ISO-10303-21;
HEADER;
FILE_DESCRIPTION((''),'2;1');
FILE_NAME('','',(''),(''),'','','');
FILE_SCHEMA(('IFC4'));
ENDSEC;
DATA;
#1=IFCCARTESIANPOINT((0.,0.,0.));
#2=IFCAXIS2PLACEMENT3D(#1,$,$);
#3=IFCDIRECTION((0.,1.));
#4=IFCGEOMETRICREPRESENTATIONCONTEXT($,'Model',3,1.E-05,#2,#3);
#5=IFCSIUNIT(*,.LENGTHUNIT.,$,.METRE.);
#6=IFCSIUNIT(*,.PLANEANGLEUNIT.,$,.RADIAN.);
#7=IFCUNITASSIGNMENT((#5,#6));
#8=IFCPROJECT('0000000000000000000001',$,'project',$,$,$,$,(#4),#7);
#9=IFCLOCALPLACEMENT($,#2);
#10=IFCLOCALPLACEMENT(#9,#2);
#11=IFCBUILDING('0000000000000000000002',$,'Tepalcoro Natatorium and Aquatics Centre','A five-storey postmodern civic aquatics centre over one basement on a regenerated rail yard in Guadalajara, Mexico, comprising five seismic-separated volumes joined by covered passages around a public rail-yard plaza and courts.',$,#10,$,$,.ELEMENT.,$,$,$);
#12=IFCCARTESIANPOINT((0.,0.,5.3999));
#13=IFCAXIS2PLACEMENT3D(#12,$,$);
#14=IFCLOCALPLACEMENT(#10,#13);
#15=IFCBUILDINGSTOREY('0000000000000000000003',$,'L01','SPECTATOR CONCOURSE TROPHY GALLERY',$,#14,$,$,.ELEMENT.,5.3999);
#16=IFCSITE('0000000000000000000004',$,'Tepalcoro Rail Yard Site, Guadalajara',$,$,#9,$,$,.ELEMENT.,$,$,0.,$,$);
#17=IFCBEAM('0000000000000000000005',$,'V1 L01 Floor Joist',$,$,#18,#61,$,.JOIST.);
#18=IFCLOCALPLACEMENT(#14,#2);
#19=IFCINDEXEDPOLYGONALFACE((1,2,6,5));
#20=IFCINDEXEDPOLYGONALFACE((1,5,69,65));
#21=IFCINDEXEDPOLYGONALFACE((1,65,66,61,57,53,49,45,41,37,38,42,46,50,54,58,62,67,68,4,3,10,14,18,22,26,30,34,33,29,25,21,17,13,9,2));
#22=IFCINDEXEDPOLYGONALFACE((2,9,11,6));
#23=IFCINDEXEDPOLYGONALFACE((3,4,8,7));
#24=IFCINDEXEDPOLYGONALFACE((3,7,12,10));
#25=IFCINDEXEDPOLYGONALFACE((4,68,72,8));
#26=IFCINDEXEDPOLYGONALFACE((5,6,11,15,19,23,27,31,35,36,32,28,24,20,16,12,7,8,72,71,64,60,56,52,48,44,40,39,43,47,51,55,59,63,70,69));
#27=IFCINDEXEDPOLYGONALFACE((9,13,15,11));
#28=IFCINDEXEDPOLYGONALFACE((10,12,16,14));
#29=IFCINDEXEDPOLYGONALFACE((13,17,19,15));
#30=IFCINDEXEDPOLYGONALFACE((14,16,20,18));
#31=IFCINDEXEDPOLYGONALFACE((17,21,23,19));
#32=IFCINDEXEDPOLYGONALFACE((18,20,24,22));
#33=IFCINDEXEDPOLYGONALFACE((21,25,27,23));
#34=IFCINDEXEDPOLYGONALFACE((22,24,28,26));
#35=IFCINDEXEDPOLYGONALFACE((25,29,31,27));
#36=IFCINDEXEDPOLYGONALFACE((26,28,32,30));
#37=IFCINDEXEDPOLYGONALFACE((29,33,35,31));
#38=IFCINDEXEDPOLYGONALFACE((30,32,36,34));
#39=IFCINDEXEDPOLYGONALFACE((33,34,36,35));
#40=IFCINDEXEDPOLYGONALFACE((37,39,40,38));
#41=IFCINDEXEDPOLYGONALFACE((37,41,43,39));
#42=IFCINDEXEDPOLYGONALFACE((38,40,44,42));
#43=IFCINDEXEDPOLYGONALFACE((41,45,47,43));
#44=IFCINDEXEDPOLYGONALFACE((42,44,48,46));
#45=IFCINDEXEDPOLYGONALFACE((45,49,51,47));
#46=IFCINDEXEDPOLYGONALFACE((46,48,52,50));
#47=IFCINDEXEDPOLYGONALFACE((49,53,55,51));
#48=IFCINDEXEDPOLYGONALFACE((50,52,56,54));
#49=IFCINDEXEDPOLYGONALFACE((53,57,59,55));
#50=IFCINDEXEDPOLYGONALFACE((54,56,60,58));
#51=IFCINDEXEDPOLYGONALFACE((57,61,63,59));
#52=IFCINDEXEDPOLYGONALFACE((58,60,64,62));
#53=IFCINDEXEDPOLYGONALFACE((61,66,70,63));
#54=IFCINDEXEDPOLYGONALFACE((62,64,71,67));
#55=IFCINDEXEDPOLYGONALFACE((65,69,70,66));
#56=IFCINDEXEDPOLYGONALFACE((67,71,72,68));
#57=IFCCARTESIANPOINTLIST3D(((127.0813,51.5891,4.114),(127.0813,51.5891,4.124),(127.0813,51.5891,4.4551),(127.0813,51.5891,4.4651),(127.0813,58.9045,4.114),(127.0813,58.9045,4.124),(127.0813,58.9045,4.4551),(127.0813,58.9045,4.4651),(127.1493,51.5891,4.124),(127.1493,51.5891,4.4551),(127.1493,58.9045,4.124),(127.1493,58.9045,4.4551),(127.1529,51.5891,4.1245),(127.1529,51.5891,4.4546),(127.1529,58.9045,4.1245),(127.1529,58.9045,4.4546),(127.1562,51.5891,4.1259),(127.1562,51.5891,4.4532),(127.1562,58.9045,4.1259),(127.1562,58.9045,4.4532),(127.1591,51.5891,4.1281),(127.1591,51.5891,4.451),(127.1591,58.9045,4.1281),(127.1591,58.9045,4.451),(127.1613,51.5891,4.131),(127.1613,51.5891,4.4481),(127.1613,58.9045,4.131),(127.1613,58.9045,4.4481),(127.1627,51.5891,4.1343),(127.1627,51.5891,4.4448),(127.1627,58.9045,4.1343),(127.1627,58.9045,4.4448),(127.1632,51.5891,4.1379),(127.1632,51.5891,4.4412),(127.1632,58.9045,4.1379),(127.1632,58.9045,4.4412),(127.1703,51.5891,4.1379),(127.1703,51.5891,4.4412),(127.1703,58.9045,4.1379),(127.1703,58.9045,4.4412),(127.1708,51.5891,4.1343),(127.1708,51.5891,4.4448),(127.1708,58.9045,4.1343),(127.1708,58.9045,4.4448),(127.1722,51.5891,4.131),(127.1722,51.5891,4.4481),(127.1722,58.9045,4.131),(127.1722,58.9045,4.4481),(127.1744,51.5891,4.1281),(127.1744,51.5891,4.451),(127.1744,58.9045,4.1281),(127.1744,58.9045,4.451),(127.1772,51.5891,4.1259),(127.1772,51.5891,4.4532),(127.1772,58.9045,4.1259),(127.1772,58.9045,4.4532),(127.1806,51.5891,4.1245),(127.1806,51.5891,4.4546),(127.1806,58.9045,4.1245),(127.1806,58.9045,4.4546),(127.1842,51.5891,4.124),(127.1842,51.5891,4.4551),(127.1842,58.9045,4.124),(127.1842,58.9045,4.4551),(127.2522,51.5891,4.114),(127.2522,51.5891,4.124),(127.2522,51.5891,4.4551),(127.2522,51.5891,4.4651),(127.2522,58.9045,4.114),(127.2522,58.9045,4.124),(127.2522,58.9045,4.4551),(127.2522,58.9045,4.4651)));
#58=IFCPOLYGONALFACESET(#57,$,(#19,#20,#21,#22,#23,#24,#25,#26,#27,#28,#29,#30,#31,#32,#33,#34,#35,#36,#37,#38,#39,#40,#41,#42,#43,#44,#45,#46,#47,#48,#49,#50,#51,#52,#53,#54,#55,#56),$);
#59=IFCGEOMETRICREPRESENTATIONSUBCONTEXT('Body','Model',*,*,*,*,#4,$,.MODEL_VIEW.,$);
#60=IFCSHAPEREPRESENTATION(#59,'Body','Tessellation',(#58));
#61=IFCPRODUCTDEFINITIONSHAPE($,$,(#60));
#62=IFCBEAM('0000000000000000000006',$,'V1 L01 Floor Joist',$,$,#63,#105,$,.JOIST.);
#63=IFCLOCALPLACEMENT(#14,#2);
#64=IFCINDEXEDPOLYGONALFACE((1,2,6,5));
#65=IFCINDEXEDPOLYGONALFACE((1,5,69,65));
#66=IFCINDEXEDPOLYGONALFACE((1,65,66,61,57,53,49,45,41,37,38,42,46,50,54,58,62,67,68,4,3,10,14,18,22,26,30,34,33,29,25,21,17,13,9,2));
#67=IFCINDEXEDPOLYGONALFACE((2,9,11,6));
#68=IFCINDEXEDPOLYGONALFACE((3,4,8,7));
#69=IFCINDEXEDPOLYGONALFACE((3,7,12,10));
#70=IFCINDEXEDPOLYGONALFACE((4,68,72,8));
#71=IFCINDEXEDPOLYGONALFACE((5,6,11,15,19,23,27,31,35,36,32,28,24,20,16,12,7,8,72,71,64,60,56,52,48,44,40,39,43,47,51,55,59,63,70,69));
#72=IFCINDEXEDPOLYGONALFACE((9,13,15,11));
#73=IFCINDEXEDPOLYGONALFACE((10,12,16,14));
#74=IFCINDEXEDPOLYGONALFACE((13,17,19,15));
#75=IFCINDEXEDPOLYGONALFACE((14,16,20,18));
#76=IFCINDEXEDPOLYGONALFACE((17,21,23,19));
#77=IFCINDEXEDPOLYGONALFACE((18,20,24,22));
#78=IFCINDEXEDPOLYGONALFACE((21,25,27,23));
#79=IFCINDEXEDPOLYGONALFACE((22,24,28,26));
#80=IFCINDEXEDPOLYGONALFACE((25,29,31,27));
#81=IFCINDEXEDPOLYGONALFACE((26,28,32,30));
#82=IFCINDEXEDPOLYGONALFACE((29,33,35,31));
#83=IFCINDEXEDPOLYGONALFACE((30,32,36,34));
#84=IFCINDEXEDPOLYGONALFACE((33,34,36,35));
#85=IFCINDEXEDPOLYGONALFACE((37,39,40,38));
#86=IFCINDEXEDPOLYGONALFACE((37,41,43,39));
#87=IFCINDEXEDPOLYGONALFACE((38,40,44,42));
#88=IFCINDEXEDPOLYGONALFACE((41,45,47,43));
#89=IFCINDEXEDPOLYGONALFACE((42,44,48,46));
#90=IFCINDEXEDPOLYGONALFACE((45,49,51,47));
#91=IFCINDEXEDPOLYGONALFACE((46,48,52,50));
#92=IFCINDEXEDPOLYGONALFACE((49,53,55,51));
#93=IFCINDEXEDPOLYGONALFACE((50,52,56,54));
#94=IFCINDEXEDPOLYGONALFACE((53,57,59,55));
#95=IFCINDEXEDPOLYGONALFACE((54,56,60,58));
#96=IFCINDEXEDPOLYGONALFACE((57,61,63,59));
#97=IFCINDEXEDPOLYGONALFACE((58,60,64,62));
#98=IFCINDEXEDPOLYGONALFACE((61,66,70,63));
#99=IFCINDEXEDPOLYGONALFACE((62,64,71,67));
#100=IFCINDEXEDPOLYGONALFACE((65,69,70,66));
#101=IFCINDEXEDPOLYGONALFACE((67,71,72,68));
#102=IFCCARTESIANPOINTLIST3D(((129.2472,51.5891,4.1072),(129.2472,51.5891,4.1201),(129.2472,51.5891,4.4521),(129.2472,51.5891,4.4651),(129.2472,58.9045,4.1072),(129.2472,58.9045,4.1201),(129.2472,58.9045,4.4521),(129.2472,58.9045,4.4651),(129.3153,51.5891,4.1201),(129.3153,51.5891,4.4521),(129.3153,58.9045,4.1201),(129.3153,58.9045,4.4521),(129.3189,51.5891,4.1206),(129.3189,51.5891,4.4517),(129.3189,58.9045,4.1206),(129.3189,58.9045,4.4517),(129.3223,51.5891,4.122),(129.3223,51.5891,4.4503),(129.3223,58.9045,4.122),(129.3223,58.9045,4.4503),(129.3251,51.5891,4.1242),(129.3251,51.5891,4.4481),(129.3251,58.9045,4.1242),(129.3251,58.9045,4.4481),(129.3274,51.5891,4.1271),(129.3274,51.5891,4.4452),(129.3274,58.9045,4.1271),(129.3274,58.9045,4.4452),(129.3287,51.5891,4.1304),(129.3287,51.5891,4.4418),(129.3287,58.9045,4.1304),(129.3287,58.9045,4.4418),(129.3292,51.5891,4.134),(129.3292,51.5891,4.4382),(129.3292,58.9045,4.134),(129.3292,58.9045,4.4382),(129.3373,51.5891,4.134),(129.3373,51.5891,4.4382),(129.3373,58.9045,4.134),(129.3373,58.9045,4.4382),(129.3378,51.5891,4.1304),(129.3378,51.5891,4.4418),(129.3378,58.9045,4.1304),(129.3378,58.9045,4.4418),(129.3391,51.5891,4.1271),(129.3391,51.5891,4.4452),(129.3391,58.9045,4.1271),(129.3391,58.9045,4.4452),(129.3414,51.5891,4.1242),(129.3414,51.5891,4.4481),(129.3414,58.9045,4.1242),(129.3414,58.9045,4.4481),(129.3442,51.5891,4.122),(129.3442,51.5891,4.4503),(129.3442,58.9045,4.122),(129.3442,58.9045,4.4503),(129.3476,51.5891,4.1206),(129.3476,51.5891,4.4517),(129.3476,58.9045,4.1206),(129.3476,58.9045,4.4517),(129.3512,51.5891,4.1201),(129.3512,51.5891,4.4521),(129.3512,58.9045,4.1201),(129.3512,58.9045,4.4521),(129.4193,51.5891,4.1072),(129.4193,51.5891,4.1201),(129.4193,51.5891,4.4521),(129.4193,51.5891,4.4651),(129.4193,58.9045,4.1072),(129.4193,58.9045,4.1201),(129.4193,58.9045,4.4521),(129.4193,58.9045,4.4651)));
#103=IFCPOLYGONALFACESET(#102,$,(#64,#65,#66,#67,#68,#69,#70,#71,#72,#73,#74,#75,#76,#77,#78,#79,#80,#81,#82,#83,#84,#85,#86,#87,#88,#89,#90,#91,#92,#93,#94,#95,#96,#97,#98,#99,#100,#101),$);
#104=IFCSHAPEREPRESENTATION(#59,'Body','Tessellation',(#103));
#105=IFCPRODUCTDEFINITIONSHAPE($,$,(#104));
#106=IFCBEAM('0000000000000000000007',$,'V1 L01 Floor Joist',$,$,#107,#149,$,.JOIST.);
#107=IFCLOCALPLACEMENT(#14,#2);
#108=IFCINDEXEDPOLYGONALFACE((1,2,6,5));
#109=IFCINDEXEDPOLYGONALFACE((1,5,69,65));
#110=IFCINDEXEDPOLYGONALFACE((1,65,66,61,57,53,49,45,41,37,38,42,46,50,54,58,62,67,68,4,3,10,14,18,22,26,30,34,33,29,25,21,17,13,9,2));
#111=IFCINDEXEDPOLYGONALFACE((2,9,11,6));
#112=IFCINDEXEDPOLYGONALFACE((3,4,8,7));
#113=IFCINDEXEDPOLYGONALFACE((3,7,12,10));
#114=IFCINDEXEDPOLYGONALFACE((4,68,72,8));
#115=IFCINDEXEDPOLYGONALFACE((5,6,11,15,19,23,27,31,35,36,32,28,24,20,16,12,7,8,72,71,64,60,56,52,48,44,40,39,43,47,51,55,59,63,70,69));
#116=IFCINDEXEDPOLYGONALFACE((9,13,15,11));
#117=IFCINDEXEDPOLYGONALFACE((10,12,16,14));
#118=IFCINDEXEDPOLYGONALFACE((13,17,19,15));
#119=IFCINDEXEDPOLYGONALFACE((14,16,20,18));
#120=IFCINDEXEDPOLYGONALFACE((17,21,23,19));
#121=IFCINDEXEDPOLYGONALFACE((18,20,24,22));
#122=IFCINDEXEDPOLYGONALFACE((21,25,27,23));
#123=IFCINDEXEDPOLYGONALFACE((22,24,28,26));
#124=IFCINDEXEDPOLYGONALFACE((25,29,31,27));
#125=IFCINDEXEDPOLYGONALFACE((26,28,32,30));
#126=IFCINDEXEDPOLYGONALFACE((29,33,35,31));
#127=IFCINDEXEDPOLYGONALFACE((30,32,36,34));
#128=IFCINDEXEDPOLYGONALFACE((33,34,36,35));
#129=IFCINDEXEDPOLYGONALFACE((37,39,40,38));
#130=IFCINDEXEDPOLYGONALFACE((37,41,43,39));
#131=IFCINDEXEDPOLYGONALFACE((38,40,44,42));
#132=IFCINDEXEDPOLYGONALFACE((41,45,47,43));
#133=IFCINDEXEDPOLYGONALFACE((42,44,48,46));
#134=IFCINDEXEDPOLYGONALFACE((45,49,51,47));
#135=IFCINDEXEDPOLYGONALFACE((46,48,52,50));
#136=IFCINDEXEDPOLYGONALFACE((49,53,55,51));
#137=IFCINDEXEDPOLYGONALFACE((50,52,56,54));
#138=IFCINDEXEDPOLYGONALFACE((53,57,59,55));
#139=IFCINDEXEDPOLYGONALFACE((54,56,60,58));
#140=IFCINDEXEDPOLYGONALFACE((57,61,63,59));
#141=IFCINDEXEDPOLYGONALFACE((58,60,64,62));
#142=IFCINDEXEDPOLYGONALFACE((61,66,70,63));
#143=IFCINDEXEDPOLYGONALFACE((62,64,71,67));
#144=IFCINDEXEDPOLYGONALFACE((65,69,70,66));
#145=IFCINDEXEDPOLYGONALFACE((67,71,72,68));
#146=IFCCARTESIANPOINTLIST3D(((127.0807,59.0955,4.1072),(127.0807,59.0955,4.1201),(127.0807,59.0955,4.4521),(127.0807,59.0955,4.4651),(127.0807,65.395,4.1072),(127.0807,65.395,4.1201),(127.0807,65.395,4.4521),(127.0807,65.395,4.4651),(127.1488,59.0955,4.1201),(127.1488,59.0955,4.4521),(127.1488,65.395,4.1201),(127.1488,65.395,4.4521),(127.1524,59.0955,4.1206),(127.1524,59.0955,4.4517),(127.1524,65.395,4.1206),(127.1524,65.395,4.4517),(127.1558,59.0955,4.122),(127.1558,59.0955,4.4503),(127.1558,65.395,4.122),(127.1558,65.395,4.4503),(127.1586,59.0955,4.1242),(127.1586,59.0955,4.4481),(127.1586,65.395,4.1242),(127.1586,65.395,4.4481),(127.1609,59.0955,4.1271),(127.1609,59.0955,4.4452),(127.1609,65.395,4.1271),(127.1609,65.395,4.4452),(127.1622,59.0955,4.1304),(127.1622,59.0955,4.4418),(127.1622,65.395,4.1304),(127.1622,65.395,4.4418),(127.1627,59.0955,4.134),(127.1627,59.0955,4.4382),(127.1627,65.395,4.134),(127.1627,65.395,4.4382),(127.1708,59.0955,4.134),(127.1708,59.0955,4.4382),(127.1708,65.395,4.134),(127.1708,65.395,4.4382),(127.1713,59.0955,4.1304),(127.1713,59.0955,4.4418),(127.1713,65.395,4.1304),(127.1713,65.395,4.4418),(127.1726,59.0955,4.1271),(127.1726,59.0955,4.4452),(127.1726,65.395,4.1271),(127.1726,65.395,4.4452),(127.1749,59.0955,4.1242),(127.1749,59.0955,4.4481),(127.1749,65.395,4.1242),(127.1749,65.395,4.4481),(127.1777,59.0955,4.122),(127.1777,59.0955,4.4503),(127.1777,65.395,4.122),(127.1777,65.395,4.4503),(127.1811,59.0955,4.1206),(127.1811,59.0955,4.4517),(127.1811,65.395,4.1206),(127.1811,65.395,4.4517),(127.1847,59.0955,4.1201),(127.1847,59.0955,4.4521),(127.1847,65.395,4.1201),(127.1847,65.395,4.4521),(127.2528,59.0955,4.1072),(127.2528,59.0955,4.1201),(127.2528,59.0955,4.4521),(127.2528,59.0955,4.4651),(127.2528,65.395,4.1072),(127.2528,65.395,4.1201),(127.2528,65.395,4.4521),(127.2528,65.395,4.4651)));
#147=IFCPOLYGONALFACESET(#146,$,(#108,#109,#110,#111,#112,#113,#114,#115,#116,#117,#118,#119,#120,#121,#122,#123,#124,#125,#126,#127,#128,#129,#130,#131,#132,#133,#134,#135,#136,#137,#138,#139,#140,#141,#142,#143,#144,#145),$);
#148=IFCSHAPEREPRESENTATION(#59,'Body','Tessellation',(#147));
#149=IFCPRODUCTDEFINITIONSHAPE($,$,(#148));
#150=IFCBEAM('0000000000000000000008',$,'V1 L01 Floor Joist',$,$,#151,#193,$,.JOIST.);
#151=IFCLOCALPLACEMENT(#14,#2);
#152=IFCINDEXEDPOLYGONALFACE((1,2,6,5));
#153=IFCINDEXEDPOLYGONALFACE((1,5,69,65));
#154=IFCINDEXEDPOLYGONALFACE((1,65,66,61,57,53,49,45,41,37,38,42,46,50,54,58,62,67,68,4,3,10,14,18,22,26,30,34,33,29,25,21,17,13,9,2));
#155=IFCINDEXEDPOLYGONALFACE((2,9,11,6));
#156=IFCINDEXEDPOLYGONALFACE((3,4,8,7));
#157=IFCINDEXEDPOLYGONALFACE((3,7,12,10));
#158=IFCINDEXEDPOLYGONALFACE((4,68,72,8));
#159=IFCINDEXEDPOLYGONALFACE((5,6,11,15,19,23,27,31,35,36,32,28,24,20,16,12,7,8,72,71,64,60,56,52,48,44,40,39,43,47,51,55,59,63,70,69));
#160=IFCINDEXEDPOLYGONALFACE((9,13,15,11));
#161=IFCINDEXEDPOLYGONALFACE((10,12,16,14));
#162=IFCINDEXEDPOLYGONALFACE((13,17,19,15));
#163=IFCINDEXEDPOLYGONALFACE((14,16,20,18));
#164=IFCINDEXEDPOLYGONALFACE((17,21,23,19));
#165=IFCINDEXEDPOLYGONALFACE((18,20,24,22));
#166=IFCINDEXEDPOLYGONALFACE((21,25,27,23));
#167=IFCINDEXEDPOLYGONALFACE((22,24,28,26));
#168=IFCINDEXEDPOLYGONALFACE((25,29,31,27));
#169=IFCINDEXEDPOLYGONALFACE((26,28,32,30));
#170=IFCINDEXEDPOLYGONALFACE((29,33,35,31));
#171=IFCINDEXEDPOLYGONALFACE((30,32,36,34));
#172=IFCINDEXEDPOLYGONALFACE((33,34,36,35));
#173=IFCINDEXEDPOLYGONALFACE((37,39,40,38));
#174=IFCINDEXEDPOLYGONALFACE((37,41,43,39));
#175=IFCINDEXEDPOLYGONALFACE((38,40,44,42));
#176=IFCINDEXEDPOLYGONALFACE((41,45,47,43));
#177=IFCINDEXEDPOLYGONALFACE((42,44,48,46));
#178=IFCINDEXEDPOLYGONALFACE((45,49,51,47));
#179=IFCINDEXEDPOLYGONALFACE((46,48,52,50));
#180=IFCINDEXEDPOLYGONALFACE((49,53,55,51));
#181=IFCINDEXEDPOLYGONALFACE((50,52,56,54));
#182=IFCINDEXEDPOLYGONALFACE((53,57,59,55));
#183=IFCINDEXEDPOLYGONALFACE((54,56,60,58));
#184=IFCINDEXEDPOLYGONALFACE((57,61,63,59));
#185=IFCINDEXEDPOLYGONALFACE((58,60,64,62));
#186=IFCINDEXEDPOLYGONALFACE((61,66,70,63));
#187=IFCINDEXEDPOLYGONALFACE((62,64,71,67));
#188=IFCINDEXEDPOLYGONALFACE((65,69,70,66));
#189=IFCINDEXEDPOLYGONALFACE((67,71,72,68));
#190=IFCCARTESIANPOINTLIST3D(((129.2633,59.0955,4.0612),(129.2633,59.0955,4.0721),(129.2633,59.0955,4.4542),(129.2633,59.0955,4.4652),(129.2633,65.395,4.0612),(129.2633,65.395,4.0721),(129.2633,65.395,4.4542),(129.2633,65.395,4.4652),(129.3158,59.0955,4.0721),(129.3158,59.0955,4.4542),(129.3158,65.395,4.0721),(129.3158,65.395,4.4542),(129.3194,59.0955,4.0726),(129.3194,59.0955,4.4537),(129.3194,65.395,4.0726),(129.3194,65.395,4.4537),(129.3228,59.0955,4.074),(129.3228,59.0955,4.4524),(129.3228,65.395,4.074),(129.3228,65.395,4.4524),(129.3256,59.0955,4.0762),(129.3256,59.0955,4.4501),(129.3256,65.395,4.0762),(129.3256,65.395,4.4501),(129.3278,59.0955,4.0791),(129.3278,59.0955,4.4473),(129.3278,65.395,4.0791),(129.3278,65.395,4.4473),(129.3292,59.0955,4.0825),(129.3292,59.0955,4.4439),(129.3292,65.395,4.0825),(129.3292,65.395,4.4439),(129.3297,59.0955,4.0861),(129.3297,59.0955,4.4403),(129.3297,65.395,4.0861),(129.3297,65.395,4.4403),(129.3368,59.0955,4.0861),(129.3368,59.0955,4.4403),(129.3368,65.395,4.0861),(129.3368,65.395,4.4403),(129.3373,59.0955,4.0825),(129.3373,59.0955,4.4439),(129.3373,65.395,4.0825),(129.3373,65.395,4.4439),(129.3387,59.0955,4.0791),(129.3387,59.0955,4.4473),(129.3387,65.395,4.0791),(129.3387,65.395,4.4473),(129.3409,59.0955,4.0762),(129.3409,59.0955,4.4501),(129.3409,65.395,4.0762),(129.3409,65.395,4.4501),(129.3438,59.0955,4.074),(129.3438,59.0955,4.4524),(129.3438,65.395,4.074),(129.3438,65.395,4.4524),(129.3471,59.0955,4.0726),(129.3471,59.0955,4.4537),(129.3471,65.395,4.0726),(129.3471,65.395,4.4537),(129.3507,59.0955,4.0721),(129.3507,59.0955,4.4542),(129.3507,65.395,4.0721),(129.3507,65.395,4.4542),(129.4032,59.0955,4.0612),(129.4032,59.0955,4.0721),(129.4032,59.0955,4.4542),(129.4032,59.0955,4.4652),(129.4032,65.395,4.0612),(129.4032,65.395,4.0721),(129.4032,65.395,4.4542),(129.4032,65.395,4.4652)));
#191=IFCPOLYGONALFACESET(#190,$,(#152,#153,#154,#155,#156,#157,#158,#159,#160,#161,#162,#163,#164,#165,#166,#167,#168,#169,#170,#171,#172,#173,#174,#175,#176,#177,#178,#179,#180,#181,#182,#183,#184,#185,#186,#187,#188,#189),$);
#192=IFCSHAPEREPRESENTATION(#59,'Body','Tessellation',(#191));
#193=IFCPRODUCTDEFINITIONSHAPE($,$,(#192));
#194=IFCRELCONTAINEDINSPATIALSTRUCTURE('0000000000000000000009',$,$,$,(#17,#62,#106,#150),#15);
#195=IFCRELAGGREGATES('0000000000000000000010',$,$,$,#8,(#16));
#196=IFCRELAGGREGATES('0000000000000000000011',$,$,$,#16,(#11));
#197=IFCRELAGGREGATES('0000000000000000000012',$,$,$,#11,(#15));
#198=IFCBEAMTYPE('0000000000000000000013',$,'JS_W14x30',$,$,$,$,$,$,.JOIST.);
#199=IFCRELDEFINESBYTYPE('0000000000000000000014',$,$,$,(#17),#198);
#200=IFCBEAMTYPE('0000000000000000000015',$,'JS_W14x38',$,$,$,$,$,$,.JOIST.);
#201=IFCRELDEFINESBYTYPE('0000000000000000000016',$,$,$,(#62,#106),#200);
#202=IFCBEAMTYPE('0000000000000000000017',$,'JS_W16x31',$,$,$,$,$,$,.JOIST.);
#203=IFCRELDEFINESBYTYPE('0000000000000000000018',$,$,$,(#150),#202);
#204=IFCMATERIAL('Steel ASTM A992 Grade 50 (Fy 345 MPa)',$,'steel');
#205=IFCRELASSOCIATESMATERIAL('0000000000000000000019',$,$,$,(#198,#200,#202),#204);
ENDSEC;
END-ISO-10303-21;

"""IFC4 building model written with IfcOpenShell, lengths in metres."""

from ifc_helpers import new_model, si_unit, direction, frame, origin, origin_2d, place, context, subcontext, project, spatial, i_section, extrude, material, material_profile, profile_set, type_object, element, save


model = new_model("IFC4")

# Units and contexts
model_context = context("Model", 3, precision=1e-05, world=origin(), true_north=direction((0.0, 1.0)))
body_context = subcontext(model_context, "Body", "Model", "MODEL_VIEW")
ifc_project = project(units=[si_unit("LENGTHUNIT", "METRE"), si_unit("PLANEANGLEUNIT", "RADIAN")], contexts=[model_context])

# Site, building, storey
site_placement = place(None, origin())
site = spatial("IfcSite", under=ifc_project, at=site_placement, Name="Tepalcoro Rail Yard Site, Guadalajara", CompositionType="ELEMENT", RefElevation=0.0)
building_placement = place(site_placement, origin())
building = spatial("IfcBuilding", under=site, at=building_placement, Name="Tepalcoro Natatorium and Aquatics Centre", Description="A five-storey postmodern civic aquatics centre over one basement on a regenerated rail yard in Guadalajara, Mexico, comprising five seismic-separated volumes joined by covered passages around a public rail-yard plaza and courts.", CompositionType="ELEMENT")
storey_placement = place(building_placement, frame((0.0, 0.0, 5.3999)))
storey = spatial("IfcBuildingStorey", under=building, at=storey_placement, Name="L01", Description="SPECTATOR CONCOURSE TROPHY GALLERY", CompositionType="ELEMENT", Elevation=5.3999)

# Shared definitions
ifc_material_1 = material(Name="Steel ASTM A992 Grade 50 (Fy 345 MPa)", Category="steel")

# Beams
ifc_material_profile_1 = material_profile(ifc_material_1, i_section(OverallWidth=0.1709, OverallDepth=0.3511, WebThickness=0.0071, FlangeThickness=0.01, FilletRadius=0.0139, at=origin_2d()), Name="W14X30")
ifc_profile_set_1 = profile_set([ifc_material_profile_1], Name="Steel ASTM A992 Grade 50 (Fy 345 MPa)")
beam_type_1 = type_object("IfcBeamType", Name="JS_W14x30", PredefinedType="JOIST", material=ifc_profile_set_1)
beam_1_placement = place(storey_placement, frame((127.1667, 51.5891, 4.2896), z_axis=(0.0, 1.0, 0.0), x_axis=(-1.0, 0.0, 0.0)))
element("IfcBeam", 1, at=beam_1_placement, inside=storey, type_object=beam_type_1, Name="V1 L01 Floor Joist", PredefinedType="JOIST", context=body_context, shape_type="SweptSolid", body=[
    extrude(i_section(OverallWidth=0.1709, OverallDepth=0.3511, WebThickness=0.0071, FlangeThickness=0.01, FilletRadius=0.0139, at=origin_2d()), origin(), (0.0, 0.0, 1.0), 7.3154),
])
ifc_material_profile_2 = material_profile(ifc_material_1, i_section(OverallWidth=0.1721, OverallDepth=0.3579, WebThickness=0.0081, FlangeThickness=0.0129, FilletRadius=0.0139, at=origin_2d()), Name="W14X38")
ifc_profile_set_2 = profile_set([ifc_material_profile_2], Name="Steel ASTM A992 Grade 50 (Fy 345 MPa)")
beam_type_2 = type_object("IfcBeamType", Name="JS_W14x38", PredefinedType="JOIST", material=ifc_profile_set_2)
beam_2_placement = place(storey_placement, frame((129.3333, 51.5891, 4.2861), z_axis=(0.0, 1.0, 0.0), x_axis=(-1.0, 0.0, 0.0)))
element("IfcBeam", 2, at=beam_2_placement, inside=storey, type_object=beam_type_2, Name="V1 L01 Floor Joist", PredefinedType="JOIST", context=body_context, shape_type="SweptSolid", body=[
    extrude(i_section(OverallWidth=0.1721, OverallDepth=0.3579, WebThickness=0.0081, FlangeThickness=0.0129, FilletRadius=0.0139, at=origin_2d()), origin(), (0.0, 0.0, 1.0), 7.3154),
])
beam_3_placement = place(storey_placement, frame((127.1667, 59.0955, 4.2861), z_axis=(0.0, 1.0, 0.0), x_axis=(-1.0, 0.0, 0.0)))
element("IfcBeam", 3, at=beam_3_placement, inside=storey, type_object=beam_type_2, Name="V1 L01 Floor Joist", PredefinedType="JOIST", context=body_context, shape_type="SweptSolid", body=[
    extrude(i_section(OverallWidth=0.1721, OverallDepth=0.3579, WebThickness=0.0081, FlangeThickness=0.0129, FilletRadius=0.0139, at=origin_2d()), origin(), (0.0, 0.0, 1.0), 6.2996),
])
ifc_material_profile_3 = material_profile(ifc_material_1, i_section(OverallWidth=0.1399, OverallDepth=0.4041, WebThickness=0.0071, FlangeThickness=0.011, FilletRadius=0.0139, at=origin_2d()), Name="W16X31")
ifc_profile_set_3 = profile_set([ifc_material_profile_3], Name="Steel ASTM A992 Grade 50 (Fy 345 MPa)")
beam_type_3 = type_object("IfcBeamType", Name="JS_W16x31", PredefinedType="JOIST", material=ifc_profile_set_3)
beam_4_placement = place(storey_placement, frame((129.3333, 59.0955, 4.2632), z_axis=(0.0, 1.0, 0.0), x_axis=(-1.0, 0.0, 0.0)))
element("IfcBeam", 4, at=beam_4_placement, inside=storey, type_object=beam_type_3, Name="V1 L01 Floor Joist", PredefinedType="JOIST", context=body_context, shape_type="SweptSolid", body=[
    extrude(i_section(OverallWidth=0.1399, OverallDepth=0.4041, WebThickness=0.0071, FlangeThickness=0.011, FilletRadius=0.0139, at=origin_2d()), origin(), (0.0, 0.0, 1.0), 6.2996),
])

save(model, "model.ifc")
